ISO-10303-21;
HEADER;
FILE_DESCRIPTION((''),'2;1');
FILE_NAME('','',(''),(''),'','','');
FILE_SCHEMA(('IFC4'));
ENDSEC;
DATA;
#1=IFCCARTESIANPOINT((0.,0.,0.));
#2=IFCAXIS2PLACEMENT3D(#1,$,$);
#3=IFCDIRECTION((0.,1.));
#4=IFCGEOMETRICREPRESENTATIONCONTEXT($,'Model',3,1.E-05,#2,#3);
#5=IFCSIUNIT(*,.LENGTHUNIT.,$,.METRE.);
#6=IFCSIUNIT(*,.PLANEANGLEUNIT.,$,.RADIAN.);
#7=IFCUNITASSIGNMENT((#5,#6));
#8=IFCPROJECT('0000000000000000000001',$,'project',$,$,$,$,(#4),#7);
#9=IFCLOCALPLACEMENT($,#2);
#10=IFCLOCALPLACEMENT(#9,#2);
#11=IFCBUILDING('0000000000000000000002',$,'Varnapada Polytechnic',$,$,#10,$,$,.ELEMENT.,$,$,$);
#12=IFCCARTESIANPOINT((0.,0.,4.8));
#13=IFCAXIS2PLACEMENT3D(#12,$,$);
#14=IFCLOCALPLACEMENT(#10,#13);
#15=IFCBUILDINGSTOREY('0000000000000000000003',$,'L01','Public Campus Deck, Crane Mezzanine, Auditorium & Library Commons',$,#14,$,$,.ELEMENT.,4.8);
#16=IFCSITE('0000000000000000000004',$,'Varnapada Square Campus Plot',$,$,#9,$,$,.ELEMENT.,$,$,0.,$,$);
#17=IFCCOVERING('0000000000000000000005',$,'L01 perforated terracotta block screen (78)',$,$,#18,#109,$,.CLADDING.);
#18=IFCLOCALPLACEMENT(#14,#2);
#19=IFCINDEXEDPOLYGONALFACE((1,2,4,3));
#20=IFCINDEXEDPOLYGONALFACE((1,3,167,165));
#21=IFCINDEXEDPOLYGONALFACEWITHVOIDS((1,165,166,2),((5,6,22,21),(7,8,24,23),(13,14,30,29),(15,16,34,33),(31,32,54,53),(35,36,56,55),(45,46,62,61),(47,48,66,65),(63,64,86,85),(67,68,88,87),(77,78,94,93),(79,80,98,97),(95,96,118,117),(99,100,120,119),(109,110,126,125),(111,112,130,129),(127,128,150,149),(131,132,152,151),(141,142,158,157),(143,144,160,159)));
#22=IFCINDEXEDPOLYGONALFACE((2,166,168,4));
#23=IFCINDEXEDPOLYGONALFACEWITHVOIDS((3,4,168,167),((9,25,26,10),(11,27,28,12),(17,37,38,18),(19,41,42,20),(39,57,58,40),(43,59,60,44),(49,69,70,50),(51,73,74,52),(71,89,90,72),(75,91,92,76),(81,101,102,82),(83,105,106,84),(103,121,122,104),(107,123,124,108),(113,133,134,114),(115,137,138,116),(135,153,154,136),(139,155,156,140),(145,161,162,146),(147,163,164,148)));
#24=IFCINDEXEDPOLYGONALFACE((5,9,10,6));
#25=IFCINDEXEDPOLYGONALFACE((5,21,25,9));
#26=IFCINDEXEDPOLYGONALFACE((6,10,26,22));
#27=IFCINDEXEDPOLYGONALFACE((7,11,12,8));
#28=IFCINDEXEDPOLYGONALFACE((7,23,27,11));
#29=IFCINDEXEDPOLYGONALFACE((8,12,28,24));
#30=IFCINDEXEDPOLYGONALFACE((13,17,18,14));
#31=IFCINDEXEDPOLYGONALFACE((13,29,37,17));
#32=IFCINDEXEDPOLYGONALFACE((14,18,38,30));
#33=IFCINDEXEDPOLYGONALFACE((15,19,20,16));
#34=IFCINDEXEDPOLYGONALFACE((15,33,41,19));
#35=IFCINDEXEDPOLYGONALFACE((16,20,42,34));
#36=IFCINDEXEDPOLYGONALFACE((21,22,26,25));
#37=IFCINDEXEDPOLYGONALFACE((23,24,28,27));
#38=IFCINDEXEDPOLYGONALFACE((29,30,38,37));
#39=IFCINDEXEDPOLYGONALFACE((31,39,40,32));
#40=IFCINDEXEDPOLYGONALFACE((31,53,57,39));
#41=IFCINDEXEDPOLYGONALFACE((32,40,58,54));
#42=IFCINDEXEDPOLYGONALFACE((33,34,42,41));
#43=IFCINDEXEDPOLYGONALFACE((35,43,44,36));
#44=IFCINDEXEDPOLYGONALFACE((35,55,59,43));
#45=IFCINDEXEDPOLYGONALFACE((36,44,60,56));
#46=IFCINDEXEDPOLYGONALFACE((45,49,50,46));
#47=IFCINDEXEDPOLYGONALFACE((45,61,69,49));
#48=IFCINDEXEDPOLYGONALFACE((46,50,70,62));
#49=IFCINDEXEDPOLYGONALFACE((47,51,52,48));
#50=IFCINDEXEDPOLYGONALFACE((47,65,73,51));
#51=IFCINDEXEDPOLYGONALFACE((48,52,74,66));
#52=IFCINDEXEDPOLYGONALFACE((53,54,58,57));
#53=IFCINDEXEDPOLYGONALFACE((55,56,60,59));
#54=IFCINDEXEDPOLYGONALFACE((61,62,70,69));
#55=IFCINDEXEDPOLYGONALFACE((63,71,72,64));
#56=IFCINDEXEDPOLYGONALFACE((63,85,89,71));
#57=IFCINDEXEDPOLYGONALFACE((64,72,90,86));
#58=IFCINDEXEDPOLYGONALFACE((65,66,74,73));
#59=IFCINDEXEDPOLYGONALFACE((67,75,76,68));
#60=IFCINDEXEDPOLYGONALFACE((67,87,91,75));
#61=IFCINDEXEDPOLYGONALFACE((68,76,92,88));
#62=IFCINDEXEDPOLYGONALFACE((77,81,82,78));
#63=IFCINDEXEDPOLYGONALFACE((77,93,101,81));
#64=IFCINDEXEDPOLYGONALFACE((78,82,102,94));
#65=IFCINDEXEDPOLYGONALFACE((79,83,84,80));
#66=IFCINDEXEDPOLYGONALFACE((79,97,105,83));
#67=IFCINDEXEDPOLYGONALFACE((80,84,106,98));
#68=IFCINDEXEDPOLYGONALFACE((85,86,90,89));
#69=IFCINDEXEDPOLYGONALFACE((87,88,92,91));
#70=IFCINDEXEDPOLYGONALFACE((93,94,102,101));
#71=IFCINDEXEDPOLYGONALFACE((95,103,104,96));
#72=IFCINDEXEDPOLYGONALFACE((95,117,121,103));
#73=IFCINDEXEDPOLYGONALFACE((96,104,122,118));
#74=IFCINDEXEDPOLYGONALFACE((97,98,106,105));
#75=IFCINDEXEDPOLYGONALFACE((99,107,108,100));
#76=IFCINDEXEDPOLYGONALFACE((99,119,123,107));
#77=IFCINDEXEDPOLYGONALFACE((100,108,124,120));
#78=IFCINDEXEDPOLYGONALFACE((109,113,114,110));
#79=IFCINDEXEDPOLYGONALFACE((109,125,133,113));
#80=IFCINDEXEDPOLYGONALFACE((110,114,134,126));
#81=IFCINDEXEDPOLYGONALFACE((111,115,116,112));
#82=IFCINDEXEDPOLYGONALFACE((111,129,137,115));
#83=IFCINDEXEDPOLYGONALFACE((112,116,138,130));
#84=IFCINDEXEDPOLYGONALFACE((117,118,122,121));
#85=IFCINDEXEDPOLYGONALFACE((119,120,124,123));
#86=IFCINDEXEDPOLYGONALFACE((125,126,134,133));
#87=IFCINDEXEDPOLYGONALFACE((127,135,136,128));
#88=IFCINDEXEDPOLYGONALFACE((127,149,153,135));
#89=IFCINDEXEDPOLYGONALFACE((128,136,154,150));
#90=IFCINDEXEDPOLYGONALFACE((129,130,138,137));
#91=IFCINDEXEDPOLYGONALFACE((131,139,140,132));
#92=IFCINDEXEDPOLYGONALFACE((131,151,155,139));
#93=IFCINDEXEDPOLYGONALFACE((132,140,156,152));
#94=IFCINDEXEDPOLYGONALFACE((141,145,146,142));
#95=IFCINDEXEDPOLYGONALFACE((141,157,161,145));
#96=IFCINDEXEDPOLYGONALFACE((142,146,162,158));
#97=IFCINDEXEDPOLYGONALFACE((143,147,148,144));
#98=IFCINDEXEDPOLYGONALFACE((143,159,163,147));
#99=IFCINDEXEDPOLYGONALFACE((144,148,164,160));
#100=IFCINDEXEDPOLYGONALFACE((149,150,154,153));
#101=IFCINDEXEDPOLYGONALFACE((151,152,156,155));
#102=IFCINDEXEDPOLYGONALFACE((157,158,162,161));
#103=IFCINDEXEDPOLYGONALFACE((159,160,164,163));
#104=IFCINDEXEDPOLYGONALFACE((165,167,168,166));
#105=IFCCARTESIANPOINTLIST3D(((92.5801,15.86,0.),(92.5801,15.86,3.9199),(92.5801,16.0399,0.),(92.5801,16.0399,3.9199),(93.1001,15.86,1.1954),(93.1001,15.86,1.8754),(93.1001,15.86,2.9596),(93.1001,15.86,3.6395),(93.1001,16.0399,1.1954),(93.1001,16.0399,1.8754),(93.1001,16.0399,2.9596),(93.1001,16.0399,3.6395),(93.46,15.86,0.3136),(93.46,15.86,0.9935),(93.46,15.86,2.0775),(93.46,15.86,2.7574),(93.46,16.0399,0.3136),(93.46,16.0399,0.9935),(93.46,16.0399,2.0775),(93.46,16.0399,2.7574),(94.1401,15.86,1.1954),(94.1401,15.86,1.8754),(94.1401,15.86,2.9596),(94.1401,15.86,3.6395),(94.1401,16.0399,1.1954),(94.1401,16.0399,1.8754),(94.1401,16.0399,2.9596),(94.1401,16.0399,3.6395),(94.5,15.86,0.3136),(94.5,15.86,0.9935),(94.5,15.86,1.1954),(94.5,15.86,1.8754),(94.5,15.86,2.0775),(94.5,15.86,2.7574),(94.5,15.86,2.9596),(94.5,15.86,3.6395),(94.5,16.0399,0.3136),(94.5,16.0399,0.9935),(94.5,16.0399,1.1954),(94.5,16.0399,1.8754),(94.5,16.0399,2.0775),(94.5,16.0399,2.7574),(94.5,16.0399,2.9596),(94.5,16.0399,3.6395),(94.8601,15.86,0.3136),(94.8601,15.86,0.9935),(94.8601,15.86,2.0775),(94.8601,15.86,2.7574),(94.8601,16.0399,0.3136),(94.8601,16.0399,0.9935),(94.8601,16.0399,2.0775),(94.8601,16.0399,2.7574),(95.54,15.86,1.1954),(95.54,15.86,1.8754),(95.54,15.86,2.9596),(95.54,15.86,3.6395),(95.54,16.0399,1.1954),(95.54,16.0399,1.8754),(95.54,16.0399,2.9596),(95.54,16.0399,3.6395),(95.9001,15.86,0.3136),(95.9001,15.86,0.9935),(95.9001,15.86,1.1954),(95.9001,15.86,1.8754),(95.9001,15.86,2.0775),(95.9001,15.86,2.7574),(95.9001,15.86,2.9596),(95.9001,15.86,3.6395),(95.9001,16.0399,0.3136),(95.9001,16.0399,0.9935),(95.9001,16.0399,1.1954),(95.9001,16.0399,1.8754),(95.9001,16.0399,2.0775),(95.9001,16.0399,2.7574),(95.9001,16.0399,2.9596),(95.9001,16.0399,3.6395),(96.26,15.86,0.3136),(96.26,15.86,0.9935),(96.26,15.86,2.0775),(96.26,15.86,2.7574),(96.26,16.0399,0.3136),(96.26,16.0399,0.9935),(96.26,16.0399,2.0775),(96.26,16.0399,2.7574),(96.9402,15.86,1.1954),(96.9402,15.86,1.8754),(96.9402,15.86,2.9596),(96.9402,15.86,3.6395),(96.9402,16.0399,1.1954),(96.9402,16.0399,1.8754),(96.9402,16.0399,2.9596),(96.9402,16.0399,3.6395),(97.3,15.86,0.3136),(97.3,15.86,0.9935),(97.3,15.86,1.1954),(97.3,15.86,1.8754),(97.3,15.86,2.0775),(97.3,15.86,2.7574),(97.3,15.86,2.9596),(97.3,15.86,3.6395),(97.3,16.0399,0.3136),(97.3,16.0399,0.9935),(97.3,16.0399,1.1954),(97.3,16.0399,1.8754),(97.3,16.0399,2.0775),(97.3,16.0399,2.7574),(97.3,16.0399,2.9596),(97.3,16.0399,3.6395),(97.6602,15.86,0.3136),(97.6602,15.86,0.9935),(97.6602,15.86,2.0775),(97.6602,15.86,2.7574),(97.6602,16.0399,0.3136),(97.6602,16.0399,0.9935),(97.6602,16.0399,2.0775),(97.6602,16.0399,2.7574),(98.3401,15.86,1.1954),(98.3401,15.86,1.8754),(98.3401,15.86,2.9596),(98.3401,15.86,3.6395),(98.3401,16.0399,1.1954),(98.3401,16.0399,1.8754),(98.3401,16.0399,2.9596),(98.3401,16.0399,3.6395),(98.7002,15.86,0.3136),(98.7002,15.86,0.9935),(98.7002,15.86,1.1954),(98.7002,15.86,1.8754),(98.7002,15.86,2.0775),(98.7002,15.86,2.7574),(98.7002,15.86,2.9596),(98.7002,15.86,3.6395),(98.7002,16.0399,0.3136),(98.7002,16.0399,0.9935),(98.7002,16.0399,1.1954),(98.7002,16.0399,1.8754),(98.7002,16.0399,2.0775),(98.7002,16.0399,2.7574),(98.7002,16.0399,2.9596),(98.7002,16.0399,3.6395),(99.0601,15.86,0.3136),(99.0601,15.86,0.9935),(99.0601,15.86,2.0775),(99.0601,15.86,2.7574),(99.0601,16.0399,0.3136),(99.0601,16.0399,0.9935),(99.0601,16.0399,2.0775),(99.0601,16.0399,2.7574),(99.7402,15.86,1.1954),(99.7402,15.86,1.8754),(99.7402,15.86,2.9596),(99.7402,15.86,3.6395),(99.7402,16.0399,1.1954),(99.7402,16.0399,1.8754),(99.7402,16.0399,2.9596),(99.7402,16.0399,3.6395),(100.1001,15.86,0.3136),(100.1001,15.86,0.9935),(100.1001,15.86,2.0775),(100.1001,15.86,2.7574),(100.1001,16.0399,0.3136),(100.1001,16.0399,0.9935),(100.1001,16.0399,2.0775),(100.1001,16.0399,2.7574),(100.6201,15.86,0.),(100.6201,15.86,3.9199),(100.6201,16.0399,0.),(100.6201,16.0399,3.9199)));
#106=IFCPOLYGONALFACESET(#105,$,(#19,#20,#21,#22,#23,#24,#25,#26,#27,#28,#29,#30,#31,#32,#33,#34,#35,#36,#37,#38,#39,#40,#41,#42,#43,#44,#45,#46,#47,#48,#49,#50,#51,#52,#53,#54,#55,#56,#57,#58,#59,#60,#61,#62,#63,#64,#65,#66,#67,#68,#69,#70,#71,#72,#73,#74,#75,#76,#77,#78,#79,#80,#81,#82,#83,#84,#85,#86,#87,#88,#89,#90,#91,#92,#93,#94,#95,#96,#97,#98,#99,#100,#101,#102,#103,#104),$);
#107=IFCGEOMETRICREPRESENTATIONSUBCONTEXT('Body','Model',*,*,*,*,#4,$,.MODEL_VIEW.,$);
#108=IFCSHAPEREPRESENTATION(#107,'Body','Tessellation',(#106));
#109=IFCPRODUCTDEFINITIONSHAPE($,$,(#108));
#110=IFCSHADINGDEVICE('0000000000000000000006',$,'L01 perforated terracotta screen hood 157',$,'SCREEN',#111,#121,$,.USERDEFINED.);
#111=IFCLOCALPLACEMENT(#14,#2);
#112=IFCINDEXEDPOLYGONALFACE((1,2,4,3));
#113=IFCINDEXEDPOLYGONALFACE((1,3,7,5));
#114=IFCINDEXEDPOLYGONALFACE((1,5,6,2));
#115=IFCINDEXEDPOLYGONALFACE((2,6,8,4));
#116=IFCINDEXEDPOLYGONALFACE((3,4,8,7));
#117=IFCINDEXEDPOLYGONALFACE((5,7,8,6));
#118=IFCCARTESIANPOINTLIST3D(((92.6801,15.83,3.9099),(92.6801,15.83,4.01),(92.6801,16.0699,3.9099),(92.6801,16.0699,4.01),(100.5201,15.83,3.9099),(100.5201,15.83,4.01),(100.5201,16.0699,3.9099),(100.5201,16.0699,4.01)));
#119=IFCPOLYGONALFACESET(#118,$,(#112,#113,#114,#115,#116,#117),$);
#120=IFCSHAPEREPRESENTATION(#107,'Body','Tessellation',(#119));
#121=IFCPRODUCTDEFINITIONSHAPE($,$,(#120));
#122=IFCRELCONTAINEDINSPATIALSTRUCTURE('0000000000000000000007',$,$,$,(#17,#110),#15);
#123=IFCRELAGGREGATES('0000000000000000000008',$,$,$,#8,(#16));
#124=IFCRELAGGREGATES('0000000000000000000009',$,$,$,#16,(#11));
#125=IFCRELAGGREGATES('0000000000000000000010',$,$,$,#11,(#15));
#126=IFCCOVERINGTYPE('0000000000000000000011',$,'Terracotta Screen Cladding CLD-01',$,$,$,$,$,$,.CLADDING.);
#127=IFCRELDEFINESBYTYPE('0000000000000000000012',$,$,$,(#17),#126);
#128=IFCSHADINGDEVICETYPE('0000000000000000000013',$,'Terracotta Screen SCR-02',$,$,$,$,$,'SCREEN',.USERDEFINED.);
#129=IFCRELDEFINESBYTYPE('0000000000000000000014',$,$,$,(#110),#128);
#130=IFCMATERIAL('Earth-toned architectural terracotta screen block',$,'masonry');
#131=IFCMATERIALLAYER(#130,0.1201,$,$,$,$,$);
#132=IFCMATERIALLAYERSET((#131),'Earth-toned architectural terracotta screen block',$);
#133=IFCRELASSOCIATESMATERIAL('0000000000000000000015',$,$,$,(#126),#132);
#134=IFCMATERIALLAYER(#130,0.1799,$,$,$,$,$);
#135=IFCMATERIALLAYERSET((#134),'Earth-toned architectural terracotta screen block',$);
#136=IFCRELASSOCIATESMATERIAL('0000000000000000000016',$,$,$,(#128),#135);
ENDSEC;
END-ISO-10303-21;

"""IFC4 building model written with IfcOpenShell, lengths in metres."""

from ifc_helpers import new_model, si_unit, direction, frame, frame_2d, origin, origin_2d, place, context, subcontext, project, spatial, rectangle, extrude, material, layer, layer_set, type_object, element, save


model = new_model("IFC4")

# Units and contexts
model_context = context("Model", 3, precision=1e-05, world=origin(), true_north=direction((0.0, 1.0)))
body_context = subcontext(model_context, "Body", "Model", "MODEL_VIEW")
ifc_project = project(units=[si_unit("LENGTHUNIT", "METRE"), si_unit("PLANEANGLEUNIT", "RADIAN")], contexts=[model_context])

# Site, building, storey
site_placement = place(None, origin())
site = spatial("IfcSite", under=ifc_project, at=site_placement, Name="Varnapada Square Campus Plot", CompositionType="ELEMENT", RefElevation=0.0)
building_placement = place(site_placement, origin())
building = spatial("IfcBuilding", under=site, at=building_placement, Name="Varnapada Polytechnic", CompositionType="ELEMENT")
storey_placement = place(building_placement, frame((0.0, 0.0, 4.8)))
storey = spatial("IfcBuildingStorey", under=building, at=storey_placement, Name="L01", Description="Public Campus Deck, Crane Mezzanine, Auditorium & Library Commons", CompositionType="ELEMENT", Elevation=4.8)

# Covering, openings
ifc_material_1 = material(Name="Earth-toned architectural terracotta screen block", Category="masonry")
ifc_layer_1 = layer(ifc_material_1, 0.1201)
ifc_layer_set_1 = layer_set([ifc_layer_1], Name="Earth-toned architectural terracotta screen block")
covering_type = type_object("IfcCoveringType", Name="Terracotta Screen Cladding CLD-01", PredefinedType="CLADDING", material=ifc_layer_set_1)
covering_placement = place(storey_placement, frame((100.6201, 15.95, 0.0), z_axis=(0.0, 0.0, 1.0), x_axis=(-1.0, 0.0, 0.0)))
covering = element("IfcCovering", 1, at=covering_placement, inside=storey, type_object=covering_type, Name="L01 perforated terracotta block screen (78)", PredefinedType="CLADDING", context=body_context, shape_type="SweptSolid", body=[
    extrude(rectangle(XDim=8.04, YDim=0.1799, at=frame_2d((4.02, 0.0))), origin(), (0.0, 0.0, 1.0), 3.9199),
])
opening_1_placement = place(covering_placement, frame((0.52, 0.0, 0.3137)))
element("IfcOpeningElement", 2, at=opening_1_placement, cuts=covering, PredefinedType="OPENING", context=body_context, shape_type="SweptSolid", body=[
    extrude(rectangle(XDim=1.04, YDim=0.6799, at=frame_2d((0.52, 0.3398))), frame((0.0, 0.0999, 0.0), z_axis=(0.0, -1.0, 0.0), x_axis=(1.0, 0.0, 0.0)), (0.0, 0.0, 1.0), 0.2),
])
opening_2_placement = place(covering_placement, frame((1.9199, 0.0, 0.3137)))
element("IfcOpeningElement", 3, at=opening_2_placement, cuts=covering, PredefinedType="OPENING", context=body_context, shape_type="SweptSolid", body=[
    extrude(rectangle(XDim=1.04, YDim=0.6799, at=frame_2d((0.52, 0.3398))), frame((0.0, 0.0999, 0.0), z_axis=(0.0, -1.0, 0.0), x_axis=(1.0, 0.0, 0.0)), (0.0, 0.0, 1.0), 0.2),
])
opening_3_placement = place(covering_placement, frame((3.3201, 0.0, 0.3137)))
element("IfcOpeningElement", 4, at=opening_3_placement, cuts=covering, PredefinedType="OPENING", context=body_context, shape_type="SweptSolid", body=[
    extrude(rectangle(XDim=1.04, YDim=0.6799, at=frame_2d((0.52, 0.3398))), frame((0.0, 0.0999, 0.0), z_axis=(0.0, -1.0, 0.0), x_axis=(1.0, 0.0, 0.0)), (0.0, 0.0, 1.0), 0.2),
])
opening_4_placement = place(covering_placement, frame((4.72, 0.0, 0.3137)))
element("IfcOpeningElement", 5, at=opening_4_placement, cuts=covering, PredefinedType="OPENING", context=body_context, shape_type="SweptSolid", body=[
    extrude(rectangle(XDim=1.04, YDim=0.6799, at=frame_2d((0.52, 0.3398))), frame((0.0, 0.0999, 0.0), z_axis=(0.0, -1.0, 0.0), x_axis=(1.0, 0.0, 0.0)), (0.0, 0.0, 1.0), 0.2),
])
opening_5_placement = place(covering_placement, frame((6.1201, 0.0, 0.3137)))
element("IfcOpeningElement", 6, at=opening_5_placement, cuts=covering, PredefinedType="OPENING", context=body_context, shape_type="SweptSolid", body=[
    extrude(rectangle(XDim=1.04, YDim=0.6799, at=frame_2d((0.52, 0.3398))), frame((0.0, 0.0999, 0.0), z_axis=(0.0, -1.0, 0.0), x_axis=(1.0, 0.0, 0.0)), (0.0, 0.0, 1.0), 0.2),
])
opening_6_placement = place(covering_placement, frame((0.8799, 0.0, 1.1956)))
element("IfcOpeningElement", 7, at=opening_6_placement, cuts=covering, PredefinedType="OPENING", context=body_context, shape_type="SweptSolid", body=[
    extrude(rectangle(XDim=1.04, YDim=0.6799, at=frame_2d((0.52, 0.3398))), frame((0.0, 0.0999, 0.0), z_axis=(0.0, -1.0, 0.0), x_axis=(1.0, 0.0, 0.0)), (0.0, 0.0, 1.0), 0.2),
])
opening_7_placement = place(covering_placement, frame((2.28, 0.0, 1.1956)))
element("IfcOpeningElement", 8, at=opening_7_placement, cuts=covering, PredefinedType="OPENING", context=body_context, shape_type="SweptSolid", body=[
    extrude(rectangle(XDim=1.04, YDim=0.6799, at=frame_2d((0.52, 0.3398))), frame((0.0, 0.0999, 0.0), z_axis=(0.0, -1.0, 0.0), x_axis=(1.0, 0.0, 0.0)), (0.0, 0.0, 1.0), 0.2),
])
opening_8_placement = place(covering_placement, frame((3.6799, 0.0, 1.1956)))
element("IfcOpeningElement", 9, at=opening_8_placement, cuts=covering, PredefinedType="OPENING", context=body_context, shape_type="SweptSolid", body=[
    extrude(rectangle(XDim=1.04, YDim=0.6799, at=frame_2d((0.52, 0.3398))), frame((0.0, 0.0999, 0.0), z_axis=(0.0, -1.0, 0.0), x_axis=(1.0, 0.0, 0.0)), (0.0, 0.0, 1.0), 0.2),
])
opening_9_placement = place(covering_placement, frame((5.0801, 0.0, 1.1956)))
element("IfcOpeningElement", 10, at=opening_9_placement, cuts=covering, PredefinedType="OPENING", context=body_context, shape_type="SweptSolid", body=[
    extrude(rectangle(XDim=1.04, YDim=0.6799, at=frame_2d((0.52, 0.3398))), frame((0.0, 0.0999, 0.0), z_axis=(0.0, -1.0, 0.0), x_axis=(1.0, 0.0, 0.0)), (0.0, 0.0, 1.0), 0.2),
])
opening_10_placement = place(covering_placement, frame((6.48, 0.0, 1.1956)))
element("IfcOpeningElement", 11, at=opening_10_placement, cuts=covering, PredefinedType="OPENING", context=body_context, shape_type="SweptSolid", body=[
    extrude(rectangle(XDim=1.04, YDim=0.6799, at=frame_2d((0.52, 0.3398))), frame((0.0, 0.0999, 0.0), z_axis=(0.0, -1.0, 0.0), x_axis=(1.0, 0.0, 0.0)), (0.0, 0.0, 1.0), 0.2),
])
opening_11_placement = place(covering_placement, frame((0.52, 0.0, 2.0776)))
element("IfcOpeningElement", 12, at=opening_11_placement, cuts=covering, PredefinedType="OPENING", context=body_context, shape_type="SweptSolid", body=[
    extrude(rectangle(XDim=1.04, YDim=0.6799, at=frame_2d((0.52, 0.3398))), frame((0.0, 0.0999, 0.0), z_axis=(0.0, -1.0, 0.0), x_axis=(1.0, 0.0, 0.0)), (0.0, 0.0, 1.0), 0.2),
])
opening_12_placement = place(covering_placement, frame((1.9199, 0.0, 2.0776)))
element("IfcOpeningElement", 13, at=opening_12_placement, cuts=covering, PredefinedType="OPENING", context=body_context, shape_type="SweptSolid", body=[
    extrude(rectangle(XDim=1.04, YDim=0.6799, at=frame_2d((0.52, 0.3398))), frame((0.0, 0.0999, 0.0), z_axis=(0.0, -1.0, 0.0), x_axis=(1.0, 0.0, 0.0)), (0.0, 0.0, 1.0), 0.2),
])
opening_13_placement = place(covering_placement, frame((3.3201, 0.0, 2.0776)))
element("IfcOpeningElement", 14, at=opening_13_placement, cuts=covering, PredefinedType="OPENING", context=body_context, shape_type="SweptSolid", body=[
    extrude(rectangle(XDim=1.04, YDim=0.6799, at=frame_2d((0.52, 0.3398))), frame((0.0, 0.0999, 0.0), z_axis=(0.0, -1.0, 0.0), x_axis=(1.0, 0.0, 0.0)), (0.0, 0.0, 1.0), 0.2),
])
opening_14_placement = place(covering_placement, frame((4.72, 0.0, 2.0776)))
element("IfcOpeningElement", 15, at=opening_14_placement, cuts=covering, PredefinedType="OPENING", context=body_context, shape_type="SweptSolid", body=[
    extrude(rectangle(XDim=1.04, YDim=0.6799, at=frame_2d((0.52, 0.3398))), frame((0.0, 0.0999, 0.0), z_axis=(0.0, -1.0, 0.0), x_axis=(1.0, 0.0, 0.0)), (0.0, 0.0, 1.0), 0.2),
])
opening_15_placement = place(covering_placement, frame((6.1201, 0.0, 2.0776)))
element("IfcOpeningElement", 16, at=opening_15_placement, cuts=covering, PredefinedType="OPENING", context=body_context, shape_type="SweptSolid", body=[
    extrude(rectangle(XDim=1.04, YDim=0.6799, at=frame_2d((0.52, 0.3398))), frame((0.0, 0.0999, 0.0), z_axis=(0.0, -1.0, 0.0), x_axis=(1.0, 0.0, 0.0)), (0.0, 0.0, 1.0), 0.2),
])
opening_16_placement = place(covering_placement, frame((0.8799, 0.0, 2.9597)))
element("IfcOpeningElement", 17, at=opening_16_placement, cuts=covering, PredefinedType="OPENING", context=body_context, shape_type="SweptSolid", body=[
    extrude(rectangle(XDim=1.04, YDim=0.6799, at=frame_2d((0.52, 0.3398))), frame((0.0, 0.0999, 0.0), z_axis=(0.0, -1.0, 0.0), x_axis=(1.0, 0.0, 0.0)), (0.0, 0.0, 1.0), 0.2),
])
opening_17_placement = place(covering_placement, frame((2.28, 0.0, 2.9597)))
element("IfcOpeningElement", 18, at=opening_17_placement, cuts=covering, PredefinedType="OPENING", context=body_context, shape_type="SweptSolid", body=[
    extrude(rectangle(XDim=1.04, YDim=0.6799, at=frame_2d((0.52, 0.3398))), frame((0.0, 0.0999, 0.0), z_axis=(0.0, -1.0, 0.0), x_axis=(1.0, 0.0, 0.0)), (0.0, 0.0, 1.0), 0.2),
])
opening_18_placement = place(covering_placement, frame((3.6799, 0.0, 2.9597)))
element("IfcOpeningElement", 19, at=opening_18_placement, cuts=covering, PredefinedType="OPENING", context=body_context, shape_type="SweptSolid", body=[
    extrude(rectangle(XDim=1.04, YDim=0.6799, at=frame_2d((0.52, 0.3398))), frame((0.0, 0.0999, 0.0), z_axis=(0.0, -1.0, 0.0), x_axis=(1.0, 0.0, 0.0)), (0.0, 0.0, 1.0), 0.2),
])
opening_19_placement = place(covering_placement, frame((5.0801, 0.0, 2.9597)))
element("IfcOpeningElement", 20, at=opening_19_placement, cuts=covering, PredefinedType="OPENING", context=body_context, shape_type="SweptSolid", body=[
    extrude(rectangle(XDim=1.04, YDim=0.6799, at=frame_2d((0.52, 0.3398))), frame((0.0, 0.0999, 0.0), z_axis=(0.0, -1.0, 0.0), x_axis=(1.0, 0.0, 0.0)), (0.0, 0.0, 1.0), 0.2),
])
opening_20_placement = place(covering_placement, frame((6.48, 0.0, 2.9597)))
element("IfcOpeningElement", 21, at=opening_20_placement, cuts=covering, PredefinedType="OPENING", context=body_context, shape_type="SweptSolid", body=[
    extrude(rectangle(XDim=1.04, YDim=0.6799, at=frame_2d((0.52, 0.3398))), frame((0.0, 0.0999, 0.0), z_axis=(0.0, -1.0, 0.0), x_axis=(1.0, 0.0, 0.0)), (0.0, 0.0, 1.0), 0.2),
])

# Shading device
ifc_layer_2 = layer(ifc_material_1, 0.1799)
ifc_layer_set_2 = layer_set([ifc_layer_2], Name="Earth-toned architectural terracotta screen block")
shading_device_type = type_object("IfcShadingDeviceType", Name="Terracotta Screen SCR-02", ElementType="SCREEN", PredefinedType="USERDEFINED", material=ifc_layer_set_2)
shading_device_placement = place(storey_placement, frame((96.6001, 15.95, 3.9099), z_axis=(0.0, 0.0, 1.0), x_axis=(-1.0, 0.0, 0.0)))
element("IfcShadingDevice", 22, at=shading_device_placement, inside=storey, type_object=shading_device_type, Name="L01 perforated terracotta screen hood 157", ObjectType="SCREEN", PredefinedType="USERDEFINED", context=body_context, shape_type="SweptSolid", body=[
    extrude(rectangle(XDim=7.8401, YDim=0.24, at=origin_2d()), origin(), (0.0, 0.0, 1.0), 0.1001),
])

save(model, "model.ifc")
